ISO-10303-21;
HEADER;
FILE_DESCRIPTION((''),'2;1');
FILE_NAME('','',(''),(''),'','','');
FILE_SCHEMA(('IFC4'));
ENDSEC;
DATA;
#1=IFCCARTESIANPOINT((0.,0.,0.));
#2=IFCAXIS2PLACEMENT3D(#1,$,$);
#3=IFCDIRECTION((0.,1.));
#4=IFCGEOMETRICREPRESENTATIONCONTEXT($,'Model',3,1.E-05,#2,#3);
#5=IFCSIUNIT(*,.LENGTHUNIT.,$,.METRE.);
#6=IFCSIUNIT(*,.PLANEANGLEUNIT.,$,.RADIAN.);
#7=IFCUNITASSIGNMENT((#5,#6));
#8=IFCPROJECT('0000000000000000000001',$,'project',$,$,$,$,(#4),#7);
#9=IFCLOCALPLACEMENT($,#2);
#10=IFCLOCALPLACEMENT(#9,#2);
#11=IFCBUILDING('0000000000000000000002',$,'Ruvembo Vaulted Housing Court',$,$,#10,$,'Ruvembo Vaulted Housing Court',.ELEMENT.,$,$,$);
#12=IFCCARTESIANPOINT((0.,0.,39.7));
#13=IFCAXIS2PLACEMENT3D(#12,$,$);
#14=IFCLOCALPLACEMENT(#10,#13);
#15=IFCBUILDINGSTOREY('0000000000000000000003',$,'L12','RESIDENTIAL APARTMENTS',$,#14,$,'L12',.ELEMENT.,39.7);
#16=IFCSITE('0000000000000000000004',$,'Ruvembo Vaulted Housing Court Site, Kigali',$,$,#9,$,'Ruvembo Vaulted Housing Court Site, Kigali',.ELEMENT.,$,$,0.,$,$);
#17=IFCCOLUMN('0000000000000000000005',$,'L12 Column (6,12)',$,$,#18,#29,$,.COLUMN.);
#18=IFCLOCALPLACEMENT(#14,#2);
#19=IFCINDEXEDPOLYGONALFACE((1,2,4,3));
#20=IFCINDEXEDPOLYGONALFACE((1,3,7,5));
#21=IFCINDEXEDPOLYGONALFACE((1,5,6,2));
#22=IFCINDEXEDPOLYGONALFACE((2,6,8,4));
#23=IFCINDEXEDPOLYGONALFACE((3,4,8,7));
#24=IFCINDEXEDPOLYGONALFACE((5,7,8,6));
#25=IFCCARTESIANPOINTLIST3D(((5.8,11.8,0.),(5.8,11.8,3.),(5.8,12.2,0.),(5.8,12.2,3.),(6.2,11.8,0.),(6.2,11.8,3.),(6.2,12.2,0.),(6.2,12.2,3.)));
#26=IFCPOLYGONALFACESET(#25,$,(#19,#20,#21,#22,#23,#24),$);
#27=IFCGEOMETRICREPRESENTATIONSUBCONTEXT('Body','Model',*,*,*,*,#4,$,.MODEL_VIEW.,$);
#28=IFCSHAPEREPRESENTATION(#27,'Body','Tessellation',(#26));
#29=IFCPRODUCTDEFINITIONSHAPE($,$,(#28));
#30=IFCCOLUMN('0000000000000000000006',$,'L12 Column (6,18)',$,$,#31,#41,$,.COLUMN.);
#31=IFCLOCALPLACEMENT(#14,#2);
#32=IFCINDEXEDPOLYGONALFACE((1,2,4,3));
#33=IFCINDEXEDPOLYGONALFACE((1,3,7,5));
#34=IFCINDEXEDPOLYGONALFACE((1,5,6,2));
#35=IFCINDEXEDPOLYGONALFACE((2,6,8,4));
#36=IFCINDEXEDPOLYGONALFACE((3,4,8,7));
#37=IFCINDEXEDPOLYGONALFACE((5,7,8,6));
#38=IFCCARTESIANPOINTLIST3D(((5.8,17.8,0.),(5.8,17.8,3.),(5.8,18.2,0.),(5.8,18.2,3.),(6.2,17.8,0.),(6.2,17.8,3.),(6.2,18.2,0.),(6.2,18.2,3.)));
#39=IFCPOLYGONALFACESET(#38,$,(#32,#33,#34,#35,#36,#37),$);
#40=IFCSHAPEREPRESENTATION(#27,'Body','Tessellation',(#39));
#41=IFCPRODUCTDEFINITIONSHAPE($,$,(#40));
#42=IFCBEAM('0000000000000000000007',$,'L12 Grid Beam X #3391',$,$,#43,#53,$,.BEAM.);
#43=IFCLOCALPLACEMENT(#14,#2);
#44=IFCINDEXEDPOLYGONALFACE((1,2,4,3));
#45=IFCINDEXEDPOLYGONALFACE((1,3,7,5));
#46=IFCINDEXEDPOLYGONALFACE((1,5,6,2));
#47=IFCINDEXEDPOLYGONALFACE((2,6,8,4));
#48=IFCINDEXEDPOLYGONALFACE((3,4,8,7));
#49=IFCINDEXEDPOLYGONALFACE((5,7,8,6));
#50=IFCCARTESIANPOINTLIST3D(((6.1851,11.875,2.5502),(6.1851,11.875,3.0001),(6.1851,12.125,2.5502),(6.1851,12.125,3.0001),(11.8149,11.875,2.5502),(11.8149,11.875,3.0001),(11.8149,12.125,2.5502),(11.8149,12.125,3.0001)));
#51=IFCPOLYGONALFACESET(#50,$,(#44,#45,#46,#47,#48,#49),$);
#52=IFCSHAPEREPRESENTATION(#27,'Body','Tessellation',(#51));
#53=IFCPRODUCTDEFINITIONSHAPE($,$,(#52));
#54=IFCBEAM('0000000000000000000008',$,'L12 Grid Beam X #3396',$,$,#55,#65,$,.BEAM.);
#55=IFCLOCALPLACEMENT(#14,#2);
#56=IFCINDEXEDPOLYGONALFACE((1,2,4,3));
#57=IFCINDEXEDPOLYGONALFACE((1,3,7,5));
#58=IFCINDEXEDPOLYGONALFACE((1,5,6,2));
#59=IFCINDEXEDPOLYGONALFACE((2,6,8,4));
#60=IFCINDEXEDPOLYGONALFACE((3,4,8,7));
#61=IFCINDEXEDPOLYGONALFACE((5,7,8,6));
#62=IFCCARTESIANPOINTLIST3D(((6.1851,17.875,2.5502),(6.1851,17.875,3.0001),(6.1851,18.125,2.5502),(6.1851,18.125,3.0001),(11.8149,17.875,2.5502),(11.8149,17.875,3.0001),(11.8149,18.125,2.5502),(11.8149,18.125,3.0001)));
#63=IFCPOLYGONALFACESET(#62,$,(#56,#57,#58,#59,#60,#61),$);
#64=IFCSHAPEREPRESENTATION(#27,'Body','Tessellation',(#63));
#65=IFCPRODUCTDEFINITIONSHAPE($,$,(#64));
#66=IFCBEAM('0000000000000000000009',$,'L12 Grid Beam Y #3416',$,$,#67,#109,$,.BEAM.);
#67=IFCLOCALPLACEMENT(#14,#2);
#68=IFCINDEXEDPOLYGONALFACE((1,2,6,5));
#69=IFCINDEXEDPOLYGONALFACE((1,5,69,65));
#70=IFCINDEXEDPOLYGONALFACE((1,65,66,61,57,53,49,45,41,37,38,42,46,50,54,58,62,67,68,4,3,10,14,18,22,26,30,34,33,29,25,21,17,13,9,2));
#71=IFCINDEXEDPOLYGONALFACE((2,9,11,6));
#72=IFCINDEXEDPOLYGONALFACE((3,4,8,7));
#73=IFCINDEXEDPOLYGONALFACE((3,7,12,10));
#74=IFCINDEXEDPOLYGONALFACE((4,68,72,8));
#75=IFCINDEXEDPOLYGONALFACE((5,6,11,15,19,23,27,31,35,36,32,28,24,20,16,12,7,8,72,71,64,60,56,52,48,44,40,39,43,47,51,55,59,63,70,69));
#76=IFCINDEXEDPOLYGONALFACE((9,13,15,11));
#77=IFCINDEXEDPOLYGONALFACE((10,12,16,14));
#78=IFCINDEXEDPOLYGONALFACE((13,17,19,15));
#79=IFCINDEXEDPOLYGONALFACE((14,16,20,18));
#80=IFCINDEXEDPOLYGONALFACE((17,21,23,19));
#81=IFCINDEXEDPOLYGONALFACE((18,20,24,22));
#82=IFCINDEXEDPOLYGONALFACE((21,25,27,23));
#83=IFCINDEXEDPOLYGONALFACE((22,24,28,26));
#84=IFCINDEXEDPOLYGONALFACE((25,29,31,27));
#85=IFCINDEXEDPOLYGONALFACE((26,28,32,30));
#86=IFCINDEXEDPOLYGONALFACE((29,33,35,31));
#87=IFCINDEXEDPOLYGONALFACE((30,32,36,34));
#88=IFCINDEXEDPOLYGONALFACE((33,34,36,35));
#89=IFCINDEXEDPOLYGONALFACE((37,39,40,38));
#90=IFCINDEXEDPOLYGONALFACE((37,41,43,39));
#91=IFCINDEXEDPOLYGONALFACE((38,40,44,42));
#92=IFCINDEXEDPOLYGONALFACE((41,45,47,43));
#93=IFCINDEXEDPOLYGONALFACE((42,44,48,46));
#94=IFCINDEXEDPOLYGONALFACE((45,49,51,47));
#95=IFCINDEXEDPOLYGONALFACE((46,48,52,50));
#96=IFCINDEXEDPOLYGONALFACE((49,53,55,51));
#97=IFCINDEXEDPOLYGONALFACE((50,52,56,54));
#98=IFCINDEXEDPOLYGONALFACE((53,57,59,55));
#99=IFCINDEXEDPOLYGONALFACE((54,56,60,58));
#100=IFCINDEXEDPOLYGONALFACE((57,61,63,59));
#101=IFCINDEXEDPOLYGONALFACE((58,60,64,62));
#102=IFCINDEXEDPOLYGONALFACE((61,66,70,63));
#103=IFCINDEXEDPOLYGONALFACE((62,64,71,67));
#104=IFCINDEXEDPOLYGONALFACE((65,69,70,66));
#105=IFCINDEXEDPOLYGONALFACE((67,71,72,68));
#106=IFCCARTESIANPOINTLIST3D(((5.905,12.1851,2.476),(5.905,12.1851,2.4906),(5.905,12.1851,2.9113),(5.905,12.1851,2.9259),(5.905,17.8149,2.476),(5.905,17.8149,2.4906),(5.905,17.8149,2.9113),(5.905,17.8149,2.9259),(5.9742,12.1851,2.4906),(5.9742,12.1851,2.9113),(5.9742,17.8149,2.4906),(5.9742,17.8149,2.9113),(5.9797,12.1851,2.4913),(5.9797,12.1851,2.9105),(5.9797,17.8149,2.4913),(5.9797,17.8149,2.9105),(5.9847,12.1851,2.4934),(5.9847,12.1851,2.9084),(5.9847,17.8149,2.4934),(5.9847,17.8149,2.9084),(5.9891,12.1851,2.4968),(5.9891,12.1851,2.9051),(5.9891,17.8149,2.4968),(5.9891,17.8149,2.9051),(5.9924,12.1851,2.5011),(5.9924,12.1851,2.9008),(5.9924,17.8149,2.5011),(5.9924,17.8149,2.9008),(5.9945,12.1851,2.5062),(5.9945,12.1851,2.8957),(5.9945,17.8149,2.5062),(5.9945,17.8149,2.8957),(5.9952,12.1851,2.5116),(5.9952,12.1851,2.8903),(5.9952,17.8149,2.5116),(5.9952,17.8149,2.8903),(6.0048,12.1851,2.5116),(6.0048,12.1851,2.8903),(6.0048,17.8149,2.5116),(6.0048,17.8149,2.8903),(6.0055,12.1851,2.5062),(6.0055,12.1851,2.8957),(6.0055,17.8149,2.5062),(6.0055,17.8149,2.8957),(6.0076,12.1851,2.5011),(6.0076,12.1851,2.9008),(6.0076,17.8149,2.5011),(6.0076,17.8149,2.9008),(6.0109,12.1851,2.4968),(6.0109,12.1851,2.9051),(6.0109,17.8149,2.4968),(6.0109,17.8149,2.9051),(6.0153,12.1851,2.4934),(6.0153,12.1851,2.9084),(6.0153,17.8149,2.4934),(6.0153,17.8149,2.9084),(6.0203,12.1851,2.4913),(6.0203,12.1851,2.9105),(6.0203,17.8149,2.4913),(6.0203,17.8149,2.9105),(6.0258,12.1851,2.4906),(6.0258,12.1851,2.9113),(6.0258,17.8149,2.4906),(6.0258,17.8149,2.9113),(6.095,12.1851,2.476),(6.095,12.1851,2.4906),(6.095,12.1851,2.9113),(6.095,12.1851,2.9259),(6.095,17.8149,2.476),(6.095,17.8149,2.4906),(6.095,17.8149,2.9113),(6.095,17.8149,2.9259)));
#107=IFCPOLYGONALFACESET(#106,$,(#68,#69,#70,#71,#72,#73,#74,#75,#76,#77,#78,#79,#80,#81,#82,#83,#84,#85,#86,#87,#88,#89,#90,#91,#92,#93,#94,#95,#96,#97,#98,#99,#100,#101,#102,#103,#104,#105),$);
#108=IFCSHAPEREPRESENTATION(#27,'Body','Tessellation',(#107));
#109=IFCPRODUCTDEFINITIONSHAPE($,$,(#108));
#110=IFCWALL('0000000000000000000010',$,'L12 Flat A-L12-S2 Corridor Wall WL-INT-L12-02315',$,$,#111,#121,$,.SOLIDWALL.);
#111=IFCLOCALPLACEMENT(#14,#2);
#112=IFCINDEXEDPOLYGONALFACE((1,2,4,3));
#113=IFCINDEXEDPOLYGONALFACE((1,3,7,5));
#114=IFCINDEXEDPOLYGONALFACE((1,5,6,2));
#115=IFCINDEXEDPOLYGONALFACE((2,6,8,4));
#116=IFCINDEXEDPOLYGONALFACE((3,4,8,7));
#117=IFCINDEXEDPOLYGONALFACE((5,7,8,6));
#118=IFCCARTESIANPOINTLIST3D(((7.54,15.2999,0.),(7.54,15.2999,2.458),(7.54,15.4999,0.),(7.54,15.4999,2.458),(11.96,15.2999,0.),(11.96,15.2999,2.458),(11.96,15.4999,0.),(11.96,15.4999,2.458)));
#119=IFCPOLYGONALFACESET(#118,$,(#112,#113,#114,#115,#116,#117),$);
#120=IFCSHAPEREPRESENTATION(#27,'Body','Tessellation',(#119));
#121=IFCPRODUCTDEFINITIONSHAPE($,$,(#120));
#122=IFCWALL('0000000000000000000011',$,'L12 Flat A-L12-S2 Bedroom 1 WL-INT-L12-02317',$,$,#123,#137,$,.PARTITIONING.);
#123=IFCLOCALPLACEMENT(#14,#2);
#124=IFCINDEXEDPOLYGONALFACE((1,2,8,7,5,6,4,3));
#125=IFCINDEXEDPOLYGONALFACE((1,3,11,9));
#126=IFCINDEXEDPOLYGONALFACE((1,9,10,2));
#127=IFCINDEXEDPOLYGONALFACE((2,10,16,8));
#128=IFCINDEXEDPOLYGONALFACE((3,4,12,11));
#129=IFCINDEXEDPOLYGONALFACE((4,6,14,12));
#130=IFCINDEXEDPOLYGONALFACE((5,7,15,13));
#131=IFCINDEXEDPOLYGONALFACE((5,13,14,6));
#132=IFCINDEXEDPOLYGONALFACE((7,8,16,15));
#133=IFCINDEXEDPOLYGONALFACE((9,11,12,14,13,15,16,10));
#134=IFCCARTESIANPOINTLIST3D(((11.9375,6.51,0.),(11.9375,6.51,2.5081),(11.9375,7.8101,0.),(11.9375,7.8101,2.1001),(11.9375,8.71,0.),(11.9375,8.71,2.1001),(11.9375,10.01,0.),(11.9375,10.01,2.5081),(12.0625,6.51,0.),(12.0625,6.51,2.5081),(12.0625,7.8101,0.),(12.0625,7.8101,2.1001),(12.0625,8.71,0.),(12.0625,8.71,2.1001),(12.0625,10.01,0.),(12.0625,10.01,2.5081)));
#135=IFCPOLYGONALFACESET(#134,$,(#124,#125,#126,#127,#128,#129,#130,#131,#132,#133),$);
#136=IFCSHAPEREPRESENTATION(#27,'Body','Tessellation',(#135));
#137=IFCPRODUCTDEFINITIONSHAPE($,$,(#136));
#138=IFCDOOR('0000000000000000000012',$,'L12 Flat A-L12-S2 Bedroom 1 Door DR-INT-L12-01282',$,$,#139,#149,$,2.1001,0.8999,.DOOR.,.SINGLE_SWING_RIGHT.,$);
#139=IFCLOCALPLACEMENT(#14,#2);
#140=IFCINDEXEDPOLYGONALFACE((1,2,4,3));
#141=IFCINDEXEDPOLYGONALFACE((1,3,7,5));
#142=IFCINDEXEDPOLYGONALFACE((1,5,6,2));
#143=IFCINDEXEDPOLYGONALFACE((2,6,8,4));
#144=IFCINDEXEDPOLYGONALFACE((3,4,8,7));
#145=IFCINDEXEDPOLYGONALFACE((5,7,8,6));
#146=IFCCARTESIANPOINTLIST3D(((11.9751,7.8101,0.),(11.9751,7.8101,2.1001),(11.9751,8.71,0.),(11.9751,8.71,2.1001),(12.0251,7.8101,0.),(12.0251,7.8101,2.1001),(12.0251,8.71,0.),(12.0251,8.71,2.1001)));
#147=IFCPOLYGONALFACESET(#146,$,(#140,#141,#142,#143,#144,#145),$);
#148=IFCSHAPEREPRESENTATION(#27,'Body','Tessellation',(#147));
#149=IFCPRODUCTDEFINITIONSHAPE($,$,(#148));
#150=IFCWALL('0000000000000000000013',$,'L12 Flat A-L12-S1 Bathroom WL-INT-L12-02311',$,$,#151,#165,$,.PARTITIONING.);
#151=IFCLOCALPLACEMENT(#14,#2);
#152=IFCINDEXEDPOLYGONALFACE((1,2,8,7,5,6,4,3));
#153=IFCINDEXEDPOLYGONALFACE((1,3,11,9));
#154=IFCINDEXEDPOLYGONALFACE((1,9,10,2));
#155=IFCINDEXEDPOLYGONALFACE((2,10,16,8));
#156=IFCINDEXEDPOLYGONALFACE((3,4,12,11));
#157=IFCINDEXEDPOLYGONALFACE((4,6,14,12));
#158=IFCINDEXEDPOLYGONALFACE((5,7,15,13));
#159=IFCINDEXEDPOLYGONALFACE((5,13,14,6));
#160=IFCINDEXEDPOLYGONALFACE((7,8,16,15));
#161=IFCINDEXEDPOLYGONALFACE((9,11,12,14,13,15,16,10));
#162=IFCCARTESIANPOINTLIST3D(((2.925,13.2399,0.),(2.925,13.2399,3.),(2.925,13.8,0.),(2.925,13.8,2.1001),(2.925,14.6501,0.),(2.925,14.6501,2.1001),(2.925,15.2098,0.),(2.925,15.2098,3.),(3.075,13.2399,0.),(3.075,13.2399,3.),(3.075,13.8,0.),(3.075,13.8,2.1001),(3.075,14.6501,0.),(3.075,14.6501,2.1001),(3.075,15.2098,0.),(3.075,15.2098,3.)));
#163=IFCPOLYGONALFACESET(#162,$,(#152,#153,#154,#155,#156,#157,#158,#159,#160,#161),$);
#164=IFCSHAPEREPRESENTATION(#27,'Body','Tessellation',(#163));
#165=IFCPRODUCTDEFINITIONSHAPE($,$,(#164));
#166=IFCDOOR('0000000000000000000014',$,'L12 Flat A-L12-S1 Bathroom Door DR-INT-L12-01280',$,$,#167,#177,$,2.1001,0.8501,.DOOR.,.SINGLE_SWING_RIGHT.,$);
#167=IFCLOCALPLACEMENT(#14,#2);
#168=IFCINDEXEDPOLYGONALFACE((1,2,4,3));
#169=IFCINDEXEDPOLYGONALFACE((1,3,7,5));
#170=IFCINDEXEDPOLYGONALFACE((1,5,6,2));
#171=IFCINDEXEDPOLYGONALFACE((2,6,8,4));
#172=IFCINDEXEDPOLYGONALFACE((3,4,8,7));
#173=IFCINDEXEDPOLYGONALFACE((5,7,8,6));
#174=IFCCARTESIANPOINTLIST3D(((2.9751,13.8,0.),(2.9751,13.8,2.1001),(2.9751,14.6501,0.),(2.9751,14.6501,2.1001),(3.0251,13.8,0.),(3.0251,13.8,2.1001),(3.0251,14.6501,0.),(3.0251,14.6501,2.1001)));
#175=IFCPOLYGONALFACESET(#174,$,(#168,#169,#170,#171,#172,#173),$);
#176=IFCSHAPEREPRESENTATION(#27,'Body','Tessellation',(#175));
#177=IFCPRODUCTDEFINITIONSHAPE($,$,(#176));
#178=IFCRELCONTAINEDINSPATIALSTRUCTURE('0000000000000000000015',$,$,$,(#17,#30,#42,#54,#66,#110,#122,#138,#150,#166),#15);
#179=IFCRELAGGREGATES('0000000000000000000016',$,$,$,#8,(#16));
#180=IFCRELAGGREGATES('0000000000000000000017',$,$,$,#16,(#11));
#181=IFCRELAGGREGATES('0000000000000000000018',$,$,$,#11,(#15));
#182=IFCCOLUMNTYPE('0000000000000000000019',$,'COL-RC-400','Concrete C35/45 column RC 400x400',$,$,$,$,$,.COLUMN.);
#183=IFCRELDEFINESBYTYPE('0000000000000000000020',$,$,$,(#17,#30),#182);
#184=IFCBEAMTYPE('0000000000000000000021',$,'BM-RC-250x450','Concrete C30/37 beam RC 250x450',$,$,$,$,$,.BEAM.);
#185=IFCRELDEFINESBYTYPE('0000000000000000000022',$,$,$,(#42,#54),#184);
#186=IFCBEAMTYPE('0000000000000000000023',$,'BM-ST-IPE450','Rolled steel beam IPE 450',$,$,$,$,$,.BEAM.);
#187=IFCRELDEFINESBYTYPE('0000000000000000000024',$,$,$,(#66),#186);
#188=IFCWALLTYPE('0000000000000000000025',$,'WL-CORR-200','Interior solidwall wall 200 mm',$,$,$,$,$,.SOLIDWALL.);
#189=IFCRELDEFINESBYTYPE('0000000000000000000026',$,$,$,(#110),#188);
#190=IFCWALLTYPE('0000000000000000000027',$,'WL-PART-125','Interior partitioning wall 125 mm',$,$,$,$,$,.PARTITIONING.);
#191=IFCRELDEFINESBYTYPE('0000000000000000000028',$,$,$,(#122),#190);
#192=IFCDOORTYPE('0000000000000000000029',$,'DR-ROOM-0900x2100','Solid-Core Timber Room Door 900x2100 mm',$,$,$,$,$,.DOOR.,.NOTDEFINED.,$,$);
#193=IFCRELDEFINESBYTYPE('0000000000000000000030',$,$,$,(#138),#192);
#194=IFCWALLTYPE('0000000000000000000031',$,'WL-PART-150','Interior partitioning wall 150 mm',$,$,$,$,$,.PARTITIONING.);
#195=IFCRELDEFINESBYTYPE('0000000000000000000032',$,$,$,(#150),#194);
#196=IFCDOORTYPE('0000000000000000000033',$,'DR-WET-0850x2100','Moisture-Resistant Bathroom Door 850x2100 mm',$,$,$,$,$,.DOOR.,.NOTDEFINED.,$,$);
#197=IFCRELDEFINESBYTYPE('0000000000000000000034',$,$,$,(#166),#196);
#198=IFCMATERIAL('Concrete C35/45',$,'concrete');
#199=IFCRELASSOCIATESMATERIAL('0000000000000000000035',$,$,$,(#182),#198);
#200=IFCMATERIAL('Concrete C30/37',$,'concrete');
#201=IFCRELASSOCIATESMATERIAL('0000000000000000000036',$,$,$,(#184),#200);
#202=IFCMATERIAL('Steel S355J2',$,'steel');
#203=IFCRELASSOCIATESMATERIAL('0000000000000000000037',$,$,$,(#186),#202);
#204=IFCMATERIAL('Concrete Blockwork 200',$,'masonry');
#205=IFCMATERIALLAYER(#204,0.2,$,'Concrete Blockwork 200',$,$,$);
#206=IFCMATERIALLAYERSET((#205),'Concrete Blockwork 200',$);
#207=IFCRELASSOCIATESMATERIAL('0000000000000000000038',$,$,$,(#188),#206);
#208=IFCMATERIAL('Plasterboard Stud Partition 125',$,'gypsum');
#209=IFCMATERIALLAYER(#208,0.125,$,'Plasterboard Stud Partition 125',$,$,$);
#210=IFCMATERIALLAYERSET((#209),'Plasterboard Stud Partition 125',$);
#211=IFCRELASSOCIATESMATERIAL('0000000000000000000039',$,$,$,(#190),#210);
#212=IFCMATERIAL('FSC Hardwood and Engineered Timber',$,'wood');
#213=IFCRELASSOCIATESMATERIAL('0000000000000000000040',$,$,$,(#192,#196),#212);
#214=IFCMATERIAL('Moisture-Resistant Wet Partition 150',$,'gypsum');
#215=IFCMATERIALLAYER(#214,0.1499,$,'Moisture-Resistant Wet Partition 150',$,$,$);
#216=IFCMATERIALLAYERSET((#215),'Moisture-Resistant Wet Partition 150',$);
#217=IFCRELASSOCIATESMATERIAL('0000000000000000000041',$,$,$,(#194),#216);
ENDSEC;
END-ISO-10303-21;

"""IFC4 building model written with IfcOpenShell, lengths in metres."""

from ifc_helpers import new_model, si_unit, direction, frame, frame_2d, origin, origin_2d, place, context, subcontext, project, spatial, rectangle, i_section, extrude, material, layer, layer_set, material_profile, profile_set, type_object, element, fill, save


model = new_model("IFC4")

# Units and contexts
model_context = context("Model", 3, precision=1e-05, world=origin(), true_north=direction((0.0, 1.0)))
body_context = subcontext(model_context, "Body", "Model", "MODEL_VIEW")
ifc_project = project(units=[si_unit("LENGTHUNIT", "METRE"), si_unit("PLANEANGLEUNIT", "RADIAN")], contexts=[model_context])

# Site, building, storey
site_placement = place(None, origin())
site = spatial("IfcSite", under=ifc_project, at=site_placement, Name="Ruvembo Vaulted Housing Court Site, Kigali", LongName="Ruvembo Vaulted Housing Court Site, Kigali", CompositionType="ELEMENT", RefElevation=0.0)
building_placement = place(site_placement, origin())
building = spatial("IfcBuilding", under=site, at=building_placement, Name="Ruvembo Vaulted Housing Court", LongName="Ruvembo Vaulted Housing Court", CompositionType="ELEMENT")
storey_placement = place(building_placement, frame((0.0, 0.0, 39.7)))
storey = spatial("IfcBuildingStorey", under=building, at=storey_placement, Name="L12", Description="RESIDENTIAL APARTMENTS", LongName="L12", CompositionType="ELEMENT", Elevation=39.7)

# Columns
ifc_material_1 = material(Name="Concrete C35/45", Category="concrete")
ifc_material_profile_1 = material_profile(ifc_material_1, rectangle(XDim=0.3999, YDim=0.3999, at=origin_2d()), Name="RC 400x400")
ifc_profile_set_1 = profile_set([ifc_material_profile_1], Name="Concrete C35/45")
column_type = type_object("IfcColumnType", Name="COL-RC-400", Description="Concrete C35/45 column RC 400x400", PredefinedType="COLUMN", material=ifc_profile_set_1)
for number, where, z_axis, x_axis, name in (
    (1, (6.0, 12.0, 0.0), (0.0, 0.0, 1.0), (1.0, 0.0, 0.0), "L12 Column (6,12)"),
    (2, (6.0, 18.0, 0.0), (0.0, 0.0, 1.0), (1.0, 0.0, 0.0), "L12 Column (6,18)"),
):
    element("IfcColumn", number, at=place(storey_placement, frame(where, z_axis=z_axis, x_axis=x_axis)), inside=storey, type_object=column_type, Name=name, PredefinedType="COLUMN", context=body_context, shape_type="SweptSolid", body=[
        extrude(rectangle(XDim=0.3999, YDim=0.3999, at=origin_2d()), origin(), (0.0, 0.0, 1.0), 3.0),
    ])

# Beams
ifc_material_2 = material(Name="Concrete C30/37", Category="concrete")
ifc_material_profile_2 = material_profile(ifc_material_2, rectangle(XDim=0.25, YDim=0.45, at=origin_2d()), Name="RC 250x450")
ifc_profile_set_2 = profile_set([ifc_material_profile_2], Name="Concrete C30/37")
beam_type_1 = type_object("IfcBeamType", Name="BM-RC-250x450", Description="Concrete C30/37 beam RC 250x450", PredefinedType="BEAM", material=ifc_profile_set_2)
for number, where, z_axis, x_axis, name in (
    (3, (6.1851, 12.0, 2.7751), (1.0, 0.0, 0.0), (0.0, 1.0, 0.0), "L12 Grid Beam X #3391"),
    (4, (6.1851, 18.0, 2.7751), (1.0, 0.0, 0.0), (0.0, 1.0, 0.0), "L12 Grid Beam X #3396"),
):
    element("IfcBeam", number, at=place(storey_placement, frame(where, z_axis=z_axis, x_axis=x_axis)), inside=storey, type_object=beam_type_1, Name=name, PredefinedType="BEAM", context=body_context, shape_type="SweptSolid", body=[
        extrude(rectangle(XDim=0.25, YDim=0.45, at=origin_2d()), origin(), (0.0, 0.0, 1.0), 5.6299),
    ])
ifc_material_3 = material(Name="Steel S355J2", Category="steel")
ifc_material_profile_3 = material_profile(ifc_material_3, i_section(OverallWidth=0.1899, OverallDepth=0.45, WebThickness=0.0095, FlangeThickness=0.0146, FilletRadius=0.021, at=origin_2d()), Name="IPE 450")
ifc_profile_set_3 = profile_set([ifc_material_profile_3], Name="Steel S355J2")
beam_type_2 = type_object("IfcBeamType", Name="BM-ST-IPE450", Description="Rolled steel beam IPE 450", PredefinedType="BEAM", material=ifc_profile_set_3)
beam_placement = place(storey_placement, frame((6.0, 12.1851, 2.7009), z_axis=(0.0, 1.0, 0.0), x_axis=(-1.0, 0.0, 0.0)))
element("IfcBeam", 5, at=beam_placement, inside=storey, type_object=beam_type_2, Name="L12 Grid Beam Y #3416", PredefinedType="BEAM", context=body_context, shape_type="SweptSolid", body=[
    extrude(i_section(OverallWidth=0.1899, OverallDepth=0.45, WebThickness=0.0095, FlangeThickness=0.0146, FilletRadius=0.021, at=origin_2d()), origin(), (0.0, 0.0, 1.0), 5.6299),
])

# Shared definitions
ifc_material_4 = material(Name="Concrete Blockwork 200", Category="masonry")
ifc_layer_1 = layer(ifc_material_4, 0.2, Name="Concrete Blockwork 200")
ifc_layer_set_1 = layer_set([ifc_layer_1], Name="Concrete Blockwork 200")
wall_type_1 = type_object("IfcWallType", Name="WL-CORR-200", Description="Interior solidwall wall 200 mm", PredefinedType="SOLIDWALL", material=ifc_layer_set_1)
ifc_material_5 = material(Name="FSC Hardwood and Engineered Timber", Category="wood")

# Wall
wall_1_placement = place(storey_placement, frame((7.54, 15.3999, 0.0), z_axis=(0.0, 0.0, 1.0), x_axis=(1.0, 0.0, 0.0)))
element("IfcWall", 6, at=wall_1_placement, inside=storey, type_object=wall_type_1, Name="L12 Flat A-L12-S2 Corridor Wall WL-INT-L12-02315", PredefinedType="SOLIDWALL", context=body_context, shape_type="SweptSolid", body=[
    extrude(rectangle(XDim=4.4199, YDim=0.2, at=frame_2d((2.21, 0.0))), origin(), (0.0, 0.0, 1.0), 2.458),
])

# Walls, openings, doors
ifc_material_6 = material(Name="Plasterboard Stud Partition 125", Category="gypsum")
ifc_layer_2 = layer(ifc_material_6, 0.125, Name="Plasterboard Stud Partition 125")
ifc_layer_set_2 = layer_set([ifc_layer_2], Name="Plasterboard Stud Partition 125")
wall_type_2 = type_object("IfcWallType", Name="WL-PART-125", Description="Interior partitioning wall 125 mm", PredefinedType="PARTITIONING", material=ifc_layer_set_2)
wall_2_placement = place(storey_placement, frame((12.0, 6.51, 0.0), z_axis=(0.0, 0.0, 1.0), x_axis=(0.0, 1.0, 0.0)))
wall_2 = element("IfcWall", 7, at=wall_2_placement, inside=storey, type_object=wall_type_2, Name="L12 Flat A-L12-S2 Bedroom 1 WL-INT-L12-02317", PredefinedType="PARTITIONING", context=body_context, shape_type="SweptSolid", body=[
    extrude(rectangle(XDim=3.5, YDim=0.125, at=frame_2d((1.75, 0.0))), origin(), (0.0, 0.0, 1.0), 2.5081),
])
opening_1_placement = place(wall_2_placement, frame((1.3, 0.0, 0.0)))
opening_1 = element("IfcOpeningElement", 8, at=opening_1_placement, cuts=wall_2, PredefinedType="OPENING", context=body_context, shape_type="SweptSolid", body=[
    extrude(rectangle(XDim=0.8999, YDim=2.1001, at=frame_2d((0.45, 1.05))), frame((0.0, 0.0725, 0.0), z_axis=(0.0, -1.0, 0.0), x_axis=(1.0, 0.0, 0.0)), (0.0, 0.0, 1.0), 0.145),
])
door_type_1 = type_object("IfcDoorType", Name="DR-ROOM-0900x2100", Description="Solid-Core Timber Room Door 900x2100 mm", OperationType="NOTDEFINED", PredefinedType="DOOR", material=ifc_material_5)
door_1_placement = place(opening_1_placement, origin())
door_1 = element("IfcDoor", 9, at=door_1_placement, inside=storey, type_object=door_type_1, Name="L12 Flat A-L12-S2 Bedroom 1 Door DR-INT-L12-01282", OperationType="SINGLE_SWING_RIGHT", OverallHeight=2.1001, OverallWidth=0.8999, PredefinedType="DOOR", context=body_context, shape_type="SweptSolid", body=[
    extrude(rectangle(XDim=0.8999, YDim=2.1001, at=frame_2d((0.45, 1.05))), frame((0.0, 0.0249, 0.0), z_axis=(0.0, -1.0, 0.0), x_axis=(1.0, 0.0, 0.0)), (0.0, 0.0, 1.0), 0.05),
])
fill(opening_1, door_1)
ifc_material_7 = material(Name="Moisture-Resistant Wet Partition 150", Category="gypsum")
ifc_layer_3 = layer(ifc_material_7, 0.1499, Name="Moisture-Resistant Wet Partition 150")
ifc_layer_set_3 = layer_set([ifc_layer_3], Name="Moisture-Resistant Wet Partition 150")
wall_type_3 = type_object("IfcWallType", Name="WL-PART-150", Description="Interior partitioning wall 150 mm", PredefinedType="PARTITIONING", material=ifc_layer_set_3)
wall_3_placement = place(storey_placement, frame((3.0, 13.24, 0.0), z_axis=(0.0, 0.0, 1.0), x_axis=(0.0, 1.0, 0.0)))
wall_3 = element("IfcWall", 10, at=wall_3_placement, inside=storey, type_object=wall_type_3, Name="L12 Flat A-L12-S1 Bathroom WL-INT-L12-02311", PredefinedType="PARTITIONING", context=body_context, shape_type="SweptSolid", body=[
    extrude(rectangle(XDim=1.97, YDim=0.1499, at=frame_2d((0.9849, 0.0))), origin(), (0.0, 0.0, 1.0), 3.0),
])
opening_2_placement = place(wall_3_placement, frame((0.5601, 0.0, 0.0)))
opening_2 = element("IfcOpeningElement", 11, at=opening_2_placement, cuts=wall_3, PredefinedType="OPENING", context=body_context, shape_type="SweptSolid", body=[
    extrude(rectangle(XDim=0.8501, YDim=2.1001, at=frame_2d((0.425, 1.05))), frame((0.0, 0.085, 0.0), z_axis=(0.0, -1.0, 0.0), x_axis=(1.0, 0.0, 0.0)), (0.0, 0.0, 1.0), 0.1699),
])
door_type_2 = type_object("IfcDoorType", Name="DR-WET-0850x2100", Description="Moisture-Resistant Bathroom Door 850x2100 mm", OperationType="NOTDEFINED", PredefinedType="DOOR", material=ifc_material_5)
door_2_placement = place(opening_2_placement, origin())
door_2 = element("IfcDoor", 12, at=door_2_placement, inside=storey, type_object=door_type_2, Name="L12 Flat A-L12-S1 Bathroom Door DR-INT-L12-01280", OperationType="SINGLE_SWING_RIGHT", OverallHeight=2.1001, OverallWidth=0.8501, PredefinedType="DOOR", context=body_context, shape_type="SweptSolid", body=[
    extrude(rectangle(XDim=0.8501, YDim=2.1001, at=frame_2d((0.425, 1.05))), frame((0.0, 0.0249, 0.0), z_axis=(0.0, -1.0, 0.0), x_axis=(1.0, 0.0, 0.0)), (0.0, 0.0, 1.0), 0.05),
])
fill(opening_2, door_2)

save(model, "model.ifc")
